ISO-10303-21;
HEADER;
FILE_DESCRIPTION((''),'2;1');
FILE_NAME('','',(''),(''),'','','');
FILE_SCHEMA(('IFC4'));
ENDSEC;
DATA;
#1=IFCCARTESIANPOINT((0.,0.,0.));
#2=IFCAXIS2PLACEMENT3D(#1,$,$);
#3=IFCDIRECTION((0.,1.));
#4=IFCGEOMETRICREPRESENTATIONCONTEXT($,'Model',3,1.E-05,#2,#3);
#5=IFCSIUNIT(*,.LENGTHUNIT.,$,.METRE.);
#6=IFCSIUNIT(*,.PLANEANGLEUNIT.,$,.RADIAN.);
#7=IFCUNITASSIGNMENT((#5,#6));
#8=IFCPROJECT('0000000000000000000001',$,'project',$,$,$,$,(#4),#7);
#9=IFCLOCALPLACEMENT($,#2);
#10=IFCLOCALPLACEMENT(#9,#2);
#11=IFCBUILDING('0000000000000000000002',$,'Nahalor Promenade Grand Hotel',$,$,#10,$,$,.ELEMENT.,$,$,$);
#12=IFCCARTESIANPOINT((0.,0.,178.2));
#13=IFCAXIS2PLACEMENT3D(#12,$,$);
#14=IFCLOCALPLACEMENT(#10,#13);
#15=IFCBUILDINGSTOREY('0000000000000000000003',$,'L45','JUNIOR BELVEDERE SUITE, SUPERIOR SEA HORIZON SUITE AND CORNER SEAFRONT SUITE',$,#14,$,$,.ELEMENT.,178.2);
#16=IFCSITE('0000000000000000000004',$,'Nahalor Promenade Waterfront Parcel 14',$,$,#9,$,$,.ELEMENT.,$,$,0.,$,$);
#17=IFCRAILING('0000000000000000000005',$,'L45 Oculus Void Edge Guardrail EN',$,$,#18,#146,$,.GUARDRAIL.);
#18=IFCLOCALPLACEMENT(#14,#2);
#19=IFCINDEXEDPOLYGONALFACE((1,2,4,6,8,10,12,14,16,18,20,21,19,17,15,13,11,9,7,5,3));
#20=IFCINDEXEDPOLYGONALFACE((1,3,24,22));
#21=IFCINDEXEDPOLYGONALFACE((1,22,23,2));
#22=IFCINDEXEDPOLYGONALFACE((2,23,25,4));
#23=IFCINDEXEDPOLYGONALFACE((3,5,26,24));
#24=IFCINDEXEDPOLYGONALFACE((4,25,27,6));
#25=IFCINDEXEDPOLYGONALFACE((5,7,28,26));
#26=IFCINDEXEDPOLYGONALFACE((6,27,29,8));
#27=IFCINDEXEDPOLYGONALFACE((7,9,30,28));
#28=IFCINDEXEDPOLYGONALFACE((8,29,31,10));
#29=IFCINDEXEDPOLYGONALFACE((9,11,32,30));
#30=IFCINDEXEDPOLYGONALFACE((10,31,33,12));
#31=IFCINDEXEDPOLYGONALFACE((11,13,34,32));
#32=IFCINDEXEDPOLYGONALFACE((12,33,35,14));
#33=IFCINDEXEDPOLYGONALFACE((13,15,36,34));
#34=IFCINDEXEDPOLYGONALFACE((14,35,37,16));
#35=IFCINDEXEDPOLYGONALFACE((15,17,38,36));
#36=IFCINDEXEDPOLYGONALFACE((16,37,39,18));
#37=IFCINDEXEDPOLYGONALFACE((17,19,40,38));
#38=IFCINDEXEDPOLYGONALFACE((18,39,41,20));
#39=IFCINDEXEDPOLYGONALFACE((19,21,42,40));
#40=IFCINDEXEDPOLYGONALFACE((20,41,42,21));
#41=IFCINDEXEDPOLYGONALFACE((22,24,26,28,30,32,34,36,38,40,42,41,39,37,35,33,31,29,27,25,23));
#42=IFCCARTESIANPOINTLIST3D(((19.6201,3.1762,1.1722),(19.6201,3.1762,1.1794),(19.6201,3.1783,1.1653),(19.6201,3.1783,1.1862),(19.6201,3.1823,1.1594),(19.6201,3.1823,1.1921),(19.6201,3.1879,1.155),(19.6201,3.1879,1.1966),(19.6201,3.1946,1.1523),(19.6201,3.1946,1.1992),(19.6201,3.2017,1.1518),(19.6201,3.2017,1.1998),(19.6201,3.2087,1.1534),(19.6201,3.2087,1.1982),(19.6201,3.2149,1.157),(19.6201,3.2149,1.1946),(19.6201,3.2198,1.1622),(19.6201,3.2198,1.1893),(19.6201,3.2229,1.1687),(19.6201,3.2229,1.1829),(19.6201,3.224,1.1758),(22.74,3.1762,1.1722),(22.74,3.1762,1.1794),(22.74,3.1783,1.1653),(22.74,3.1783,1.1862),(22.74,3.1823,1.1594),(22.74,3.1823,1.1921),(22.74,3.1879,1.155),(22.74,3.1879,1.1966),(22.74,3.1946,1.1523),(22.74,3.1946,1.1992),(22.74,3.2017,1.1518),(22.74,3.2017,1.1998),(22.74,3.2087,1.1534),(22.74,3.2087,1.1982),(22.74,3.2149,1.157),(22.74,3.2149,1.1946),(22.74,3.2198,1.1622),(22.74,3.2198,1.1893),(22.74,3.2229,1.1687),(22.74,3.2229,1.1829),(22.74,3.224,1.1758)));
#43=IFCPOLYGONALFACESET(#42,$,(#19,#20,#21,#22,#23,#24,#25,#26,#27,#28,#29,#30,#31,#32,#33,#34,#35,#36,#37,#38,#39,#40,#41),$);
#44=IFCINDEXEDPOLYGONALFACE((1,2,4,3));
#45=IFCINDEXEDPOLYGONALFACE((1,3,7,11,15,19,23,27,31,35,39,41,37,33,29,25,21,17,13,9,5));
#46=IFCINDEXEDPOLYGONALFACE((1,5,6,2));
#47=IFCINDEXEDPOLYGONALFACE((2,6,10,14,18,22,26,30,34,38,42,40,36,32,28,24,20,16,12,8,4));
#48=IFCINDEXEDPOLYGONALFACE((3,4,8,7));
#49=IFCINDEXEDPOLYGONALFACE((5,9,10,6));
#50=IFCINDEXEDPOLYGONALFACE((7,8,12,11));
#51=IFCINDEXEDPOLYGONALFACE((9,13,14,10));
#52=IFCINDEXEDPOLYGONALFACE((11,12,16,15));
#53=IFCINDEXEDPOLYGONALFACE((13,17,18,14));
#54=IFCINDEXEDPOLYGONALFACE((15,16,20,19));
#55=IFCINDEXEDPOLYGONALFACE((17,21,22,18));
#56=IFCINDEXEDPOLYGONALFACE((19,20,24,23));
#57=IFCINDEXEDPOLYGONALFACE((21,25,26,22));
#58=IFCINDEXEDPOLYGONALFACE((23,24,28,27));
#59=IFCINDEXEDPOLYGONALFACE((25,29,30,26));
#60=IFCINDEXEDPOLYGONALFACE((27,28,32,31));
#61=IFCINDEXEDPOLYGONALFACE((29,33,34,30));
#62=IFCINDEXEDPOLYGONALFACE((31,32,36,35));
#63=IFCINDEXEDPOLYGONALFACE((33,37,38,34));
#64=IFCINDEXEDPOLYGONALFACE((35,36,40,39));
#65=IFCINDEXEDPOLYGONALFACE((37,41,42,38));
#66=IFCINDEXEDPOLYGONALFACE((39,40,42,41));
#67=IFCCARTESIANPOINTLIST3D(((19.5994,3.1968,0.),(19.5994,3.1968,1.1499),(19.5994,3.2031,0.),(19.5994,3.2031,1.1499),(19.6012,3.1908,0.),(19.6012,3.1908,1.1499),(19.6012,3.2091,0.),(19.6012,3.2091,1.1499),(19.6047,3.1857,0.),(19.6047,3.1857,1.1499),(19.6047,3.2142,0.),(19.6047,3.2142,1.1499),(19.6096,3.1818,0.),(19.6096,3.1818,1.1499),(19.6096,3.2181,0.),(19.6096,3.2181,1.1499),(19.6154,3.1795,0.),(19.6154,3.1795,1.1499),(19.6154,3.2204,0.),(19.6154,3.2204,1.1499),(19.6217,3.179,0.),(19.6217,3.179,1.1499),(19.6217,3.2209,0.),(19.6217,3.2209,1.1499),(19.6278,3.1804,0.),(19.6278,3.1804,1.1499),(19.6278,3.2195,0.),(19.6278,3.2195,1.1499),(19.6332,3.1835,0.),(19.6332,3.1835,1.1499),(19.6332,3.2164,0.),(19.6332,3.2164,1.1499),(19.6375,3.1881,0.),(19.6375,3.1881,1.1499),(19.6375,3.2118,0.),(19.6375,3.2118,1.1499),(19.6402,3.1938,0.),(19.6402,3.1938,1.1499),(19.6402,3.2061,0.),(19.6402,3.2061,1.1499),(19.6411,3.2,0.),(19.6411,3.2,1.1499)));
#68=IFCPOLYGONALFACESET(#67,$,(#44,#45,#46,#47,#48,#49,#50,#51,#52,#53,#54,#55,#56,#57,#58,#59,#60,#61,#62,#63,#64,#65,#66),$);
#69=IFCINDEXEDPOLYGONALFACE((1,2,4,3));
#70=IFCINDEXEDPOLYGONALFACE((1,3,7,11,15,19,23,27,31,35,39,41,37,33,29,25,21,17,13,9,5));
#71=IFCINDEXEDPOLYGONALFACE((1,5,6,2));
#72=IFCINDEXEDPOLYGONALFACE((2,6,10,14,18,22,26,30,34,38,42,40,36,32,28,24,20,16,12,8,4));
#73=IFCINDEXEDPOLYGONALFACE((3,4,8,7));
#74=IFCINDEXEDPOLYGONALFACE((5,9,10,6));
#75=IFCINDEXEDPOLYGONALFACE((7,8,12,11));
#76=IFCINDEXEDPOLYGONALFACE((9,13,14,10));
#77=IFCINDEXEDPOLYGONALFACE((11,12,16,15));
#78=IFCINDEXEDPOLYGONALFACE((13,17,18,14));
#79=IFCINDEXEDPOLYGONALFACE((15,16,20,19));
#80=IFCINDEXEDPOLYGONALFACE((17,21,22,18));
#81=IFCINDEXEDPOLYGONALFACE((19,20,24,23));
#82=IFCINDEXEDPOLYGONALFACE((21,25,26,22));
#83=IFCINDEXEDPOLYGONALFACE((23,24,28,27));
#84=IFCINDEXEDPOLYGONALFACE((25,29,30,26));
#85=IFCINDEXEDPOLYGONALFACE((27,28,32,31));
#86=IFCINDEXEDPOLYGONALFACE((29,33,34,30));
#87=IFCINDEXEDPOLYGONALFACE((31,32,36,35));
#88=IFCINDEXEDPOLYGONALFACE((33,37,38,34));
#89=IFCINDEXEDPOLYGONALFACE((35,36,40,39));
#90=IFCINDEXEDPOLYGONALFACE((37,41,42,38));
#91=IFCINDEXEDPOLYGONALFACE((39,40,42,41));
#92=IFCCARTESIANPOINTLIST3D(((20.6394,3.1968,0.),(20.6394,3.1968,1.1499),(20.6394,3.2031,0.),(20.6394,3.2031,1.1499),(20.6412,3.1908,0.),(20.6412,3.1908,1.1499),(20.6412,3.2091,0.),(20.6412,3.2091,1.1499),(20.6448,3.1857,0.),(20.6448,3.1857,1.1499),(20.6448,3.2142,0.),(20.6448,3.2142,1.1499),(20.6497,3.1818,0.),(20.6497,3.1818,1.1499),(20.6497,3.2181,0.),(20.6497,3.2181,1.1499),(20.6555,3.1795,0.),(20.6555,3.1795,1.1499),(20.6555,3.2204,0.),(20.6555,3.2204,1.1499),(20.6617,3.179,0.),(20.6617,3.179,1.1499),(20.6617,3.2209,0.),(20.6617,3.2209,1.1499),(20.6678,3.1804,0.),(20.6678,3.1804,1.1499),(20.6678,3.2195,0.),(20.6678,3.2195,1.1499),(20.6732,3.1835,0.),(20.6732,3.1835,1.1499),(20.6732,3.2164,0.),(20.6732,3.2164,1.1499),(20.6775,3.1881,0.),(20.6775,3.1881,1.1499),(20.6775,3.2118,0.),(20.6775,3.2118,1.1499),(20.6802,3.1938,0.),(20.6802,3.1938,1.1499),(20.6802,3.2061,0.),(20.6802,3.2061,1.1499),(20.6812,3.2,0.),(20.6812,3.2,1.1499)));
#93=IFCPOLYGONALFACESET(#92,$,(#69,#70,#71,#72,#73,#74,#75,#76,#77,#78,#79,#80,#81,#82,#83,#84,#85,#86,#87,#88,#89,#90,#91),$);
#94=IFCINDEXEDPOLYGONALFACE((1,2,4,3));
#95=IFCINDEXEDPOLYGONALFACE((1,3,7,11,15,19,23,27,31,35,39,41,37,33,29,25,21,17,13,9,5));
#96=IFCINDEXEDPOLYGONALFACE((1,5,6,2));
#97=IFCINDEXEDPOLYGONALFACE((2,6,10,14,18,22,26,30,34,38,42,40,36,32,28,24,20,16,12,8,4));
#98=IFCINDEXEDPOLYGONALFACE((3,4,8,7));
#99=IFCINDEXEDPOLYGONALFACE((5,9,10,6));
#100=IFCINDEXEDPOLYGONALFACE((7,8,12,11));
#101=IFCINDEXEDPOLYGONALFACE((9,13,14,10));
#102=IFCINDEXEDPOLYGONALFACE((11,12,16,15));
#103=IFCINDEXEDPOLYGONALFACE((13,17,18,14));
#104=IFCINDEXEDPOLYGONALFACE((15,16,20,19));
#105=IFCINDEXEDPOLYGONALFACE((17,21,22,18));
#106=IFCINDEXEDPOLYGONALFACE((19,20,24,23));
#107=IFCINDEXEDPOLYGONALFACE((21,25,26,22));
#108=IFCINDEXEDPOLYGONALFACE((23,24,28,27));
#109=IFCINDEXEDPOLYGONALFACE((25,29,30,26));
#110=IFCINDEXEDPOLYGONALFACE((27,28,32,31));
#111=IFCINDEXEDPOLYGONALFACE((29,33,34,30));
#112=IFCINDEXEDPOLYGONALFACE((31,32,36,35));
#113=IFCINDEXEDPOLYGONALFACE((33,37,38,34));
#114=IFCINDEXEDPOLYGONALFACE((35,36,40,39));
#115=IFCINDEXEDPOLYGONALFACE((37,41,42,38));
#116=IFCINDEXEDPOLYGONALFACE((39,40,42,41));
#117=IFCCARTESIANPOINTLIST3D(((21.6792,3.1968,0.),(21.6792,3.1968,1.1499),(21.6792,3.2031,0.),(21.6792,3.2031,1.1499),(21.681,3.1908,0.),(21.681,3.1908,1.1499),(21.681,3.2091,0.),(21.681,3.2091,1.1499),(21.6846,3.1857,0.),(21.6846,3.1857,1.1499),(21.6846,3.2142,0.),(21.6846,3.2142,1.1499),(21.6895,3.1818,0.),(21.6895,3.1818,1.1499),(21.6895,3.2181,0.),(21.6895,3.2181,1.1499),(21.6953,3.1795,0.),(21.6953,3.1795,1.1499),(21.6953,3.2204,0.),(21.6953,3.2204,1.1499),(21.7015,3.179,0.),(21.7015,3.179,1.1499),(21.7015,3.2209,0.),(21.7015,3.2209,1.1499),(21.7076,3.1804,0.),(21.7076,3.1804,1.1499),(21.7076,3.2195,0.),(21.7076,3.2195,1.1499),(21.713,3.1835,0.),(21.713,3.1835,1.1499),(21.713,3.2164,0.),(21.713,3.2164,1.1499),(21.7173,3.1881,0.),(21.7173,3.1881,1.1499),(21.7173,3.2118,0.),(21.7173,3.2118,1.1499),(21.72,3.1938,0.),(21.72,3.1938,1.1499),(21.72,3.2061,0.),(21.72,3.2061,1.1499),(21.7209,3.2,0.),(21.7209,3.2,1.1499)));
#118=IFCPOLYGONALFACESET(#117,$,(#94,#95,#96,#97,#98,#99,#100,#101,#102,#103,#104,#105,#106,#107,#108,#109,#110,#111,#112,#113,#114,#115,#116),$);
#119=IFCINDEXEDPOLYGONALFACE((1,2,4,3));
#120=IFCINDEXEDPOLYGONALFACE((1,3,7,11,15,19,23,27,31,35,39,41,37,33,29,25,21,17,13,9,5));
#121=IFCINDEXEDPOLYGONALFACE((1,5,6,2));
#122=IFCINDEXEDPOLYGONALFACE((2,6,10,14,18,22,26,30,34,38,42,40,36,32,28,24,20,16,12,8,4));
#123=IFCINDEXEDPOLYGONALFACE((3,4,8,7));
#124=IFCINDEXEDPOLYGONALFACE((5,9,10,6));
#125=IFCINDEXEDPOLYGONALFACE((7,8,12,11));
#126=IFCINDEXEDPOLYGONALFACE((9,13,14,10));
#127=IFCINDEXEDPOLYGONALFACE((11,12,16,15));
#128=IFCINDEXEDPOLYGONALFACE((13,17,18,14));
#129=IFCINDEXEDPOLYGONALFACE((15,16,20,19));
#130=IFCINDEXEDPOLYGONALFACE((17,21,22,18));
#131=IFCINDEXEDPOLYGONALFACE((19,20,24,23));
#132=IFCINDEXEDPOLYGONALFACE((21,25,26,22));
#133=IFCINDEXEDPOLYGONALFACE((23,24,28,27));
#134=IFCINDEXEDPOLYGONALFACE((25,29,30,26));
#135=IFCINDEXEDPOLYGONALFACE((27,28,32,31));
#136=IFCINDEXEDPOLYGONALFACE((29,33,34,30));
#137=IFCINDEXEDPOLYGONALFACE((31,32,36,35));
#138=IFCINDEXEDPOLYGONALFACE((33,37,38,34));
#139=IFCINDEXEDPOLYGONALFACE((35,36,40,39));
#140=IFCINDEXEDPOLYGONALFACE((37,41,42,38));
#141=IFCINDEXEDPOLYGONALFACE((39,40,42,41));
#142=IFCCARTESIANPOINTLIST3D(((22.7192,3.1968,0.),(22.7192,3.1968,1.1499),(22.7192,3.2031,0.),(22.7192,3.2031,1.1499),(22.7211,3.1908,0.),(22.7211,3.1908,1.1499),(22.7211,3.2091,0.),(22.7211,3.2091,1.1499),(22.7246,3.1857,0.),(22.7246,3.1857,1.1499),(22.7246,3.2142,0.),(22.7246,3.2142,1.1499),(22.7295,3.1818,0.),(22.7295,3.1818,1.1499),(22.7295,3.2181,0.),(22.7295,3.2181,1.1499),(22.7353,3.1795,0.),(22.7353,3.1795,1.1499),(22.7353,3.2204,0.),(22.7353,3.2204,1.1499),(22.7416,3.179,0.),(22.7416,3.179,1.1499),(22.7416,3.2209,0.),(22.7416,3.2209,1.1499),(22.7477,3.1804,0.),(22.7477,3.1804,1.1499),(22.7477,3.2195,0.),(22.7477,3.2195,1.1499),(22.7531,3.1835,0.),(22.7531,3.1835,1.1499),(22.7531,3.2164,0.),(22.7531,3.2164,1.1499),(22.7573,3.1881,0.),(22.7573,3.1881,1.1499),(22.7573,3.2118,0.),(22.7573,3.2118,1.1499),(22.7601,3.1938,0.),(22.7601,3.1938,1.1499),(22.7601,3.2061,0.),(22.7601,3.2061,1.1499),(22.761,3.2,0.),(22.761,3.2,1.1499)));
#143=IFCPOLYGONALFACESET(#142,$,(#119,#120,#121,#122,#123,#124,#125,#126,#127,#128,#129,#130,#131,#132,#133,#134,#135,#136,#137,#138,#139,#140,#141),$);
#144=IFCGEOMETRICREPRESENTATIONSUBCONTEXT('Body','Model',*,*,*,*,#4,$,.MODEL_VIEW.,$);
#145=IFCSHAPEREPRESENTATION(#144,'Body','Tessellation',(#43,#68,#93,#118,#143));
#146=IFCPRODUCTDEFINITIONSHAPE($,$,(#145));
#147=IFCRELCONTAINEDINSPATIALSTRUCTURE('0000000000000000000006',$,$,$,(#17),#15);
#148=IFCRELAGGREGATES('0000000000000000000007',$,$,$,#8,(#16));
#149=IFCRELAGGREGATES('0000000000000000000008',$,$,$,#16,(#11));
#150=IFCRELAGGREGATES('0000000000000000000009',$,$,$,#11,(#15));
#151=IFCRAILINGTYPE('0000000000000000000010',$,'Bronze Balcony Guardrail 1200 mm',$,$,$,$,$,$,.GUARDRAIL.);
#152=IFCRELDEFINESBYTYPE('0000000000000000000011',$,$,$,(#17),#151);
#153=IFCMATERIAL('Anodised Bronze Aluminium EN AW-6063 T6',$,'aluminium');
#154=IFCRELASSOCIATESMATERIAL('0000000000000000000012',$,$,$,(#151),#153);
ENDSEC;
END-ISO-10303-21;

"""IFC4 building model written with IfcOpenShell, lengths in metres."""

from ifc_helpers import new_model, si_unit, direction, frame, origin, origin_2d, place, context, subcontext, project, spatial, circle, extrude, material, type_object, element, save


model = new_model("IFC4")

# Units and contexts
model_context = context("Model", 3, precision=1e-05, world=origin(), true_north=direction((0.0, 1.0)))
body_context = subcontext(model_context, "Body", "Model", "MODEL_VIEW")
ifc_project = project(units=[si_unit("LENGTHUNIT", "METRE"), si_unit("PLANEANGLEUNIT", "RADIAN")], contexts=[model_context])

# Site, building, storey
site_placement = place(None, origin())
site = spatial("IfcSite", under=ifc_project, at=site_placement, Name="Nahalor Promenade Waterfront Parcel 14", CompositionType="ELEMENT", RefElevation=0.0)
building_placement = place(site_placement, origin())
building = spatial("IfcBuilding", under=site, at=building_placement, Name="Nahalor Promenade Grand Hotel", CompositionType="ELEMENT")
storey_placement = place(building_placement, frame((0.0, 0.0, 178.2)))
storey = spatial("IfcBuildingStorey", under=building, at=storey_placement, Name="L45", Description="JUNIOR BELVEDERE SUITE, SUPERIOR SEA HORIZON SUITE AND CORNER SEAFRONT SUITE", CompositionType="ELEMENT", Elevation=178.2)

# Shared definitions
ifc_material_1 = material(Name="Anodised Bronze Aluminium EN AW-6063 T6", Category="aluminium")

# Railing
railing_type = type_object("IfcRailingType", Name="Bronze Balcony Guardrail 1200 mm", PredefinedType="GUARDRAIL", material=ifc_material_1)
railing_1_placement = place(storey_placement, frame((19.6201, 3.2, 0.0)))
element("IfcRailing", 1, at=railing_1_placement, inside=storey, type_object=railing_type, Name="L45 Oculus Void Edge Guardrail EN", PredefinedType="GUARDRAIL", context=body_context, shape_type="SweptSolid", body=[
    extrude(circle(Radius=0.024, at=origin_2d()), frame((0.0, 0.0, 1.1758), z_axis=(1.0, 0.0, 0.0), x_axis=(0.0, 1.0, 0.0)), (0.0, 0.0, 1.0), 3.1199),
    extrude(circle(Radius=0.021, at=origin_2d()), origin(), (0.0, 0.0, 1.0), 1.1499),
    extrude(circle(Radius=0.021, at=origin_2d()), frame((1.04, 0.0, 0.0)), (0.0, 0.0, 1.0), 1.1499),
    extrude(circle(Radius=0.021, at=origin_2d()), frame((2.0798, 0.0, 0.0)), (0.0, 0.0, 1.0), 1.1499),
    extrude(circle(Radius=0.021, at=origin_2d()), frame((3.1199, 0.0, 0.0)), (0.0, 0.0, 1.0), 1.1499),
])

save(model, "model.ifc")
